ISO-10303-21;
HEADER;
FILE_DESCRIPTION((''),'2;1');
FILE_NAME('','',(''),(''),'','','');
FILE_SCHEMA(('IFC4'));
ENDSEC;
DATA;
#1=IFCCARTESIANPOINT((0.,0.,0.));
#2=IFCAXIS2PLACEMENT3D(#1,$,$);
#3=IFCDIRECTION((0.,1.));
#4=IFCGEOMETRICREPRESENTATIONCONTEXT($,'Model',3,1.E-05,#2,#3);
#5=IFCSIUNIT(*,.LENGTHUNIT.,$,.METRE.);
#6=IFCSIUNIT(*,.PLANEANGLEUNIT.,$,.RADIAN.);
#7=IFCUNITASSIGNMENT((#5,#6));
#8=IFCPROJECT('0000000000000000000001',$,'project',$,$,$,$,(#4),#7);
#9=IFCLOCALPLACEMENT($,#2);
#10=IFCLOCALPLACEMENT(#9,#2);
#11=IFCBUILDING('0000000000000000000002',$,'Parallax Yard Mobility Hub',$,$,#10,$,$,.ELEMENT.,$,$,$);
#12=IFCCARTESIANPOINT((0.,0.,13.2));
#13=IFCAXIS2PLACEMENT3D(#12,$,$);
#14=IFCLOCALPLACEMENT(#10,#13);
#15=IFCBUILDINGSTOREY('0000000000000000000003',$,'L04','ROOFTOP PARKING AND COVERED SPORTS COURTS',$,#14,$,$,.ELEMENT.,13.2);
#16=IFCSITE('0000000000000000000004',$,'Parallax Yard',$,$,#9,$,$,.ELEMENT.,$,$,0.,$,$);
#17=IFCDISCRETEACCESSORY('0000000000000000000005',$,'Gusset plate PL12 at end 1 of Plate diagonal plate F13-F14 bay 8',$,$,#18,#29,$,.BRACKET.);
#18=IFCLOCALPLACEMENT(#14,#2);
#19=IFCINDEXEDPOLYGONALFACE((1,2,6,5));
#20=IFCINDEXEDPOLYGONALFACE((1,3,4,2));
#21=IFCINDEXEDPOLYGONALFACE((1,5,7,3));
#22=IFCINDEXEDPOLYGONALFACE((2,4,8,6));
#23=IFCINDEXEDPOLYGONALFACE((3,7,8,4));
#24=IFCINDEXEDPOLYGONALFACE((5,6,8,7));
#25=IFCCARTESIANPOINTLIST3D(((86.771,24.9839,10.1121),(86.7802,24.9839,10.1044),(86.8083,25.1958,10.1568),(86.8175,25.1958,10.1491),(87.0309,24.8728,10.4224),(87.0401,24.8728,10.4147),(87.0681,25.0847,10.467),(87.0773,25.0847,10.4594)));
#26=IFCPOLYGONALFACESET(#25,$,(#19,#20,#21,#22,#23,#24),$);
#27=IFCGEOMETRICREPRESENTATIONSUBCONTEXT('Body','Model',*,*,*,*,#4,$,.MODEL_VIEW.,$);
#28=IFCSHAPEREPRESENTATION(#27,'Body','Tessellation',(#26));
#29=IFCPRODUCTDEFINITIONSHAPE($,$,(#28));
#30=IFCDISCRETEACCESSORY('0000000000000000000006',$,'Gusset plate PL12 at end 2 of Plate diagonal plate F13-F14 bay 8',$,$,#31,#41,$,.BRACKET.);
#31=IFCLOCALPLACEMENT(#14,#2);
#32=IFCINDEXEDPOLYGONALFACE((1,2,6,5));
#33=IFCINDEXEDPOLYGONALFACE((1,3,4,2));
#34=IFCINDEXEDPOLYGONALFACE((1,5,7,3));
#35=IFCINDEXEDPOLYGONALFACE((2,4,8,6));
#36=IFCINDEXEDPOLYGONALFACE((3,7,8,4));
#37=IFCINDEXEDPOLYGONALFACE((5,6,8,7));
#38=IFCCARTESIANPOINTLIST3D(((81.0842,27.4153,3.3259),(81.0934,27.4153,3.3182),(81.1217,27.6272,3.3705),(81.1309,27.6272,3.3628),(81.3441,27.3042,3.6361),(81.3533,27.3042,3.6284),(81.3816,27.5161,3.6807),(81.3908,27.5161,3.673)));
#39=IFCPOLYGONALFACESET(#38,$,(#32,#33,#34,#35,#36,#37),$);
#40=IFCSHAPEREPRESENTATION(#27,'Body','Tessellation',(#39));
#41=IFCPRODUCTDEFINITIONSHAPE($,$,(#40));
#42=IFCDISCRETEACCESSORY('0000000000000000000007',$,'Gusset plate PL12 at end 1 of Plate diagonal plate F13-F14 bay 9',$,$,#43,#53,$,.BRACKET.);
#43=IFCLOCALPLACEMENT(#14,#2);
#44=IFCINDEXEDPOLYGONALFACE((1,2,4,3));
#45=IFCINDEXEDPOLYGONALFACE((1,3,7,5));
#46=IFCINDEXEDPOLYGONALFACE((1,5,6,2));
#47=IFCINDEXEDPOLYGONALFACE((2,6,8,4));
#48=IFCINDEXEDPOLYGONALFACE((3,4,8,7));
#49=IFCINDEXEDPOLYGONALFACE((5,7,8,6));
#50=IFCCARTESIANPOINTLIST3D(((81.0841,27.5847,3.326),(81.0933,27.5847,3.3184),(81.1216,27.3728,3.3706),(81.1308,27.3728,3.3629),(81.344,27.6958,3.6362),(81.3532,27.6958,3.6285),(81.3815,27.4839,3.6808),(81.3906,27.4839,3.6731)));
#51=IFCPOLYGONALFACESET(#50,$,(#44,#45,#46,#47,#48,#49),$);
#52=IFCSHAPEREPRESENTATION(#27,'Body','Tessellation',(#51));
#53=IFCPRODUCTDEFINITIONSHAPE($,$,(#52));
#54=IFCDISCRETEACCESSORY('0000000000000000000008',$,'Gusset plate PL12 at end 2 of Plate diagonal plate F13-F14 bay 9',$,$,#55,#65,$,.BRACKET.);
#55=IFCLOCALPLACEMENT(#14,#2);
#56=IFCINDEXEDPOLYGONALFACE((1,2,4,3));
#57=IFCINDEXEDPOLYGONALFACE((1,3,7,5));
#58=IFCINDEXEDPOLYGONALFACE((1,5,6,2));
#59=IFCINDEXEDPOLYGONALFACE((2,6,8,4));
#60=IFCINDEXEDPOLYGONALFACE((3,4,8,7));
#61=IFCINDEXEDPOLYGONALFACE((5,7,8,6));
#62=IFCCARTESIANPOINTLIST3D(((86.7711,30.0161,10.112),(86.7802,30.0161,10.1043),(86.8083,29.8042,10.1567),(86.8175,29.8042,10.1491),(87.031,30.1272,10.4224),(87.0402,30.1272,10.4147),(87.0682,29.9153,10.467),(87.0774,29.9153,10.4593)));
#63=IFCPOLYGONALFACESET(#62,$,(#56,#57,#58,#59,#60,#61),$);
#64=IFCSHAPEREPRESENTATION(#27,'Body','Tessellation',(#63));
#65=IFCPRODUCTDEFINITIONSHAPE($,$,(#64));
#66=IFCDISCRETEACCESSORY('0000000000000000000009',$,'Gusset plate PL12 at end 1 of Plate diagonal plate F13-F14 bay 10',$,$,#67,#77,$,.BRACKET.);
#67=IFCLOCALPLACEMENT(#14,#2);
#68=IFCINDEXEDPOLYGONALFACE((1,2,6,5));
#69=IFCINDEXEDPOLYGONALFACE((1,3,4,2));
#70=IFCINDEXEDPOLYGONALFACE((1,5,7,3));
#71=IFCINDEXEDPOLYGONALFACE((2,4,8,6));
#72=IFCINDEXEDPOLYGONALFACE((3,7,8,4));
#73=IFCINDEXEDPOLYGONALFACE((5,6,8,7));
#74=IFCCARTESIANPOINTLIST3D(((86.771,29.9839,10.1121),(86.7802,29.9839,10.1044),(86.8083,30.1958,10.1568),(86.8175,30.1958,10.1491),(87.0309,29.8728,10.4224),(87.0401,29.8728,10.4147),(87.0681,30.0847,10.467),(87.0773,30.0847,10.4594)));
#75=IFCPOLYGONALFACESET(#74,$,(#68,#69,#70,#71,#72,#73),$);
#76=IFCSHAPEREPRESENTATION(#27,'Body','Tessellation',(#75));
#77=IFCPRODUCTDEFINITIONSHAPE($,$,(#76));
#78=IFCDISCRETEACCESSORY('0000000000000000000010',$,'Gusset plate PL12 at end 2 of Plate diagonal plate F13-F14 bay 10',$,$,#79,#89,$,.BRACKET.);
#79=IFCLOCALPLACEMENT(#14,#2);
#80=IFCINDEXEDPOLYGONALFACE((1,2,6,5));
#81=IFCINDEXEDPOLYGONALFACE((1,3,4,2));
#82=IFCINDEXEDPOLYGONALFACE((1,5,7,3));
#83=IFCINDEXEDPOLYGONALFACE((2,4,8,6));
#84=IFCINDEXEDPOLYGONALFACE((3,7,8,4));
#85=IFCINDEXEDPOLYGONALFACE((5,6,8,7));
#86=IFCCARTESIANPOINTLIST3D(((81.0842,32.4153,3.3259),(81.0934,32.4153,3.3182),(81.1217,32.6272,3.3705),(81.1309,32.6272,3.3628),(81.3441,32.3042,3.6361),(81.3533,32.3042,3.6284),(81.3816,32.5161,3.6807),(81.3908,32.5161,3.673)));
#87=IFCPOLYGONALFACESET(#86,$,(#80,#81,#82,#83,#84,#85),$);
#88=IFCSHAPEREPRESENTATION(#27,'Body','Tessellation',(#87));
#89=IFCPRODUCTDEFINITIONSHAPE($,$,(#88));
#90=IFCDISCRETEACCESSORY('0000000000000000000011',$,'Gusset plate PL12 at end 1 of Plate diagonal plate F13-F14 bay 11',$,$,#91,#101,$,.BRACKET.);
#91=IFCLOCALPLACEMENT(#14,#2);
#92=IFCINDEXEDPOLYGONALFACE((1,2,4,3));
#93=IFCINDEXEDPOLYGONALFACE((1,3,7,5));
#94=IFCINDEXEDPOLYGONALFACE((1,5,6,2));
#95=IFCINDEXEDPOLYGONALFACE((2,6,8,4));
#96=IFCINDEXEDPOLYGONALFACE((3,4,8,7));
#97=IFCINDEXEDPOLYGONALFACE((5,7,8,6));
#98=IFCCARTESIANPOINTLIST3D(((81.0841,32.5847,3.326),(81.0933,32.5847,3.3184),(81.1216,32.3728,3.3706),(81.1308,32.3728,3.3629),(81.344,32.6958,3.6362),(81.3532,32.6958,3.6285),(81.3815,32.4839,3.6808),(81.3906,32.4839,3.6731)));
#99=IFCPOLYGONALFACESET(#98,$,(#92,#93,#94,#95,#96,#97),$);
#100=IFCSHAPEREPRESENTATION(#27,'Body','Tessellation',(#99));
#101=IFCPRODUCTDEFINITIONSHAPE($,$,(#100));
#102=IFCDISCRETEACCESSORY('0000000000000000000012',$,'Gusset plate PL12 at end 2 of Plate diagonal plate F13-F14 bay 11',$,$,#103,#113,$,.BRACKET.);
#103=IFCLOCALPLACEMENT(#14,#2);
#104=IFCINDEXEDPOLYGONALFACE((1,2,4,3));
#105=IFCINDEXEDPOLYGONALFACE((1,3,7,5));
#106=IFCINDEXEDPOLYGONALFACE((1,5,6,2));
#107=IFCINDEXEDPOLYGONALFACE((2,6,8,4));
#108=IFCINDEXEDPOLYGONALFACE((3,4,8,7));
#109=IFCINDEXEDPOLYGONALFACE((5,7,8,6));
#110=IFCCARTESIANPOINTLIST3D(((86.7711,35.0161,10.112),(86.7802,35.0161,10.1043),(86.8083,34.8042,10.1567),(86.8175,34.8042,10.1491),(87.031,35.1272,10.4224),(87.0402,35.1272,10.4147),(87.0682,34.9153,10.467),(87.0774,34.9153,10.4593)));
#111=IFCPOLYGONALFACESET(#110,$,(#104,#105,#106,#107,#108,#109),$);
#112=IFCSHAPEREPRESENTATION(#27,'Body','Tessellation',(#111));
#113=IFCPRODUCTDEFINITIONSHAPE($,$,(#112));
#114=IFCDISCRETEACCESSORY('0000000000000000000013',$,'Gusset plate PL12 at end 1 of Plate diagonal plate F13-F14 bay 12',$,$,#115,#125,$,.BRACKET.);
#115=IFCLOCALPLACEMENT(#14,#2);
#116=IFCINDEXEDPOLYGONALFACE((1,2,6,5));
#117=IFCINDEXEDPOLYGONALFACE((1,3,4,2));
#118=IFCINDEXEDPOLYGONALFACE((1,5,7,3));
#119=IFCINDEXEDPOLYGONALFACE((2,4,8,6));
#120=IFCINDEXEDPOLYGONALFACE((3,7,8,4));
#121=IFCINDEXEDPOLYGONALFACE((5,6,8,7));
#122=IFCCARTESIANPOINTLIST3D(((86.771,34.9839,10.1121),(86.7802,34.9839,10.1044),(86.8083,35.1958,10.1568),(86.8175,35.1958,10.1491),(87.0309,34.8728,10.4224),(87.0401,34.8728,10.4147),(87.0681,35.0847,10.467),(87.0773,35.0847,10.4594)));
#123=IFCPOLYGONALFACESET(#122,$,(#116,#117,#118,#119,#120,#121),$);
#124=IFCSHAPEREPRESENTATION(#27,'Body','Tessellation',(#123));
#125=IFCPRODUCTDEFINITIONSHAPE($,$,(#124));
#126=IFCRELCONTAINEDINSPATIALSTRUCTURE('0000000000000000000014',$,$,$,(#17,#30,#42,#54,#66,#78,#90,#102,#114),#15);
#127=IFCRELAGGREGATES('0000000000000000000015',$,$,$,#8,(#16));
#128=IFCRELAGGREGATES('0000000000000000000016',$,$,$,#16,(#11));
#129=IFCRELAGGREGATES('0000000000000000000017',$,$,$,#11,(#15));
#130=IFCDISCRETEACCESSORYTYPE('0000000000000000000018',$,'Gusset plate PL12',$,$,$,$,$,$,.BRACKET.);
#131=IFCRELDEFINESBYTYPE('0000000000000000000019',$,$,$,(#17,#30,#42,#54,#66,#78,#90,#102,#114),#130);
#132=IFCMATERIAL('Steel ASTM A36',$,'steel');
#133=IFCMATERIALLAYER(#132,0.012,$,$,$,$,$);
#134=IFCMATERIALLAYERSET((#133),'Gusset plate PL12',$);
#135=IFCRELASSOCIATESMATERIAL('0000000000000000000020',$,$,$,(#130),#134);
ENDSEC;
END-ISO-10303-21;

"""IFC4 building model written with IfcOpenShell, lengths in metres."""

from ifc_helpers import new_model, si_unit, direction, frame, origin, place, context, subcontext, project, spatial, polyline, outline, extrude, material, layer, layer_set, type_object, element, save


model = new_model("IFC4")

# Units and contexts
model_context = context("Model", 3, precision=1e-05, world=origin(), true_north=direction((0.0, 1.0)))
body_context = subcontext(model_context, "Body", "Model", "MODEL_VIEW")
ifc_project = project(units=[si_unit("LENGTHUNIT", "METRE"), si_unit("PLANEANGLEUNIT", "RADIAN")], contexts=[model_context])

# Site, building, storey
site_placement = place(None, origin())
site = spatial("IfcSite", under=ifc_project, at=site_placement, Name="Parallax Yard", CompositionType="ELEMENT", RefElevation=0.0)
building_placement = place(site_placement, origin())
building = spatial("IfcBuilding", under=site, at=building_placement, Name="Parallax Yard Mobility Hub", CompositionType="ELEMENT")
storey_placement = place(building_placement, frame((0.0, 0.0, 13.2)))
storey = spatial("IfcBuildingStorey", under=building, at=storey_placement, Name="L04", Description="ROOFTOP PARKING AND COVERED SPORTS COURTS", CompositionType="ELEMENT", Elevation=13.2)

# Discrete accessories
ifc_material_1 = material(Name="Steel ASTM A36", Category="steel")
ifc_layer = layer(ifc_material_1, 0.012)
ifc_layer_set = layer_set([ifc_layer], Name="Gusset plate PL12")
discrete_accessory_type = type_object("IfcDiscreteAccessoryType", Name="Gusset plate PL12", PredefinedType="BRACKET", material=ifc_layer_set)
discrete_accessory_1_placement = place(storey_placement, frame((86.771, 24.9839, 10.1121), z_axis=(-0.766748, -0.000631, 0.641948), x_axis=(0.619194, -0.264611, 0.73931)))
element("IfcDiscreteAccessory", 1, at=discrete_accessory_1_placement, inside=storey, type_object=discrete_accessory_type, Name="Gusset plate PL12 at end 1 of Plate diagonal plate F13-F14 bay 8", PredefinedType="BRACKET", context=body_context, shape_type="SweptSolid", body=[
    extrude(outline(polyline([(0.0, 0.0), (0.4198, 0.0), (0.4197, 0.2197), (0.0001, 0.2198), (0.0, 0.0)])), origin(), (0.0, 0.0, -1.0), 0.012),
])
discrete_accessory_2_placement = place(storey_placement, frame((81.3816, 27.5161, 3.6807), z_axis=(-0.766427, 0.000485, 0.642331), x_axis=(-0.619317, 0.264725, -0.739166)))
element("IfcDiscreteAccessory", 2, at=discrete_accessory_2_placement, inside=storey, type_object=discrete_accessory_type, Name="Gusset plate PL12 at end 2 of Plate diagonal plate F13-F14 bay 8", PredefinedType="BRACKET", context=body_context, shape_type="SweptSolid", body=[
    extrude(outline(polyline([(0.0, 0.0), (0.4196, 0.0), (0.4197, 0.2198), (0.0, 0.2198), (0.0, 0.0)])), origin(), (0.0, 0.0, -1.0), 0.012),
])
discrete_accessory_3_placement = place(storey_placement, frame((81.344, 27.6958, 3.6362), z_axis=(-0.766427, -0.000485, 0.642331), x_axis=(-0.61932, -0.264707, -0.73917)))
element("IfcDiscreteAccessory", 3, at=discrete_accessory_3_placement, inside=storey, type_object=discrete_accessory_type, Name="Gusset plate PL12 at end 1 of Plate diagonal plate F13-F14 bay 9", PredefinedType="BRACKET", context=body_context, shape_type="SweptSolid", body=[
    extrude(outline(polyline([(0.0, 0.0), (0.4196, 0.0), (0.4196, 0.2198), (0.0, 0.2198), (0.0, 0.0)])), origin(), (0.0, 0.0, -1.0), 0.012),
])
discrete_accessory_4_placement = place(storey_placement, frame((86.8083, 29.8042, 10.1567), z_axis=(-0.766748, 0.000631, 0.641948), x_axis=(0.619177, 0.264707, 0.73929)))
element("IfcDiscreteAccessory", 4, at=discrete_accessory_4_placement, inside=storey, type_object=discrete_accessory_type, Name="Gusset plate PL12 at end 2 of Plate diagonal plate F13-F14 bay 9", PredefinedType="BRACKET", context=body_context, shape_type="SweptSolid", body=[
    extrude(outline(polyline([(0.0, 0.0), (0.4196, 0.0), (0.4197, 0.2197), (-0.0001, 0.2198), (0.0, 0.0)])), origin(), (0.0, 0.0, -1.0), 0.012),
])
discrete_accessory_5_placement = place(storey_placement, frame((86.771, 29.9839, 10.1121), z_axis=(-0.766748, -0.000631, 0.641948), x_axis=(0.619194, -0.264611, 0.73931)))
element("IfcDiscreteAccessory", 5, at=discrete_accessory_5_placement, inside=storey, type_object=discrete_accessory_type, Name="Gusset plate PL12 at end 1 of Plate diagonal plate F13-F14 bay 10", PredefinedType="BRACKET", context=body_context, shape_type="SweptSolid", body=[
    extrude(outline(polyline([(0.0, 0.0), (0.4198, 0.0), (0.4197, 0.2197), (0.0001, 0.2198), (0.0, 0.0)])), origin(), (0.0, 0.0, -1.0), 0.012),
])
discrete_accessory_6_placement = place(storey_placement, frame((81.3816, 32.5161, 3.6807), z_axis=(-0.766427, 0.000485, 0.642331), x_axis=(-0.619317, 0.264725, -0.739166)))
element("IfcDiscreteAccessory", 6, at=discrete_accessory_6_placement, inside=storey, type_object=discrete_accessory_type, Name="Gusset plate PL12 at end 2 of Plate diagonal plate F13-F14 bay 10", PredefinedType="BRACKET", context=body_context, shape_type="SweptSolid", body=[
    extrude(outline(polyline([(0.0, 0.0), (0.4196, 0.0), (0.4197, 0.2198), (0.0, 0.2198), (0.0, 0.0)])), origin(), (0.0, 0.0, -1.0), 0.012),
])
discrete_accessory_7_placement = place(storey_placement, frame((81.344, 32.6958, 3.6362), z_axis=(-0.766427, -0.000485, 0.642331), x_axis=(-0.61932, -0.264707, -0.73917)))
element("IfcDiscreteAccessory", 7, at=discrete_accessory_7_placement, inside=storey, type_object=discrete_accessory_type, Name="Gusset plate PL12 at end 1 of Plate diagonal plate F13-F14 bay 11", PredefinedType="BRACKET", context=body_context, shape_type="SweptSolid", body=[
    extrude(outline(polyline([(0.0, 0.0), (0.4196, 0.0), (0.4196, 0.2198), (0.0, 0.2198), (0.0, 0.0)])), origin(), (0.0, 0.0, -1.0), 0.012),
])
discrete_accessory_8_placement = place(storey_placement, frame((86.8083, 34.8042, 10.1567), z_axis=(-0.766748, 0.000631, 0.641948), x_axis=(0.619177, 0.264707, 0.73929)))
element("IfcDiscreteAccessory", 8, at=discrete_accessory_8_placement, inside=storey, type_object=discrete_accessory_type, Name="Gusset plate PL12 at end 2 of Plate diagonal plate F13-F14 bay 11", PredefinedType="BRACKET", context=body_context, shape_type="SweptSolid", body=[
    extrude(outline(polyline([(0.0, 0.0), (0.4196, 0.0), (0.4197, 0.2197), (-0.0001, 0.2198), (0.0, 0.0)])), origin(), (0.0, 0.0, -1.0), 0.012),
])
discrete_accessory_9_placement = place(storey_placement, frame((86.771, 34.9839, 10.1121), z_axis=(-0.766748, -0.000631, 0.641948), x_axis=(0.619194, -0.264611, 0.73931)))
element("IfcDiscreteAccessory", 9, at=discrete_accessory_9_placement, inside=storey, type_object=discrete_accessory_type, Name="Gusset plate PL12 at end 1 of Plate diagonal plate F13-F14 bay 12", PredefinedType="BRACKET", context=body_context, shape_type="SweptSolid", body=[
    extrude(outline(polyline([(0.0, 0.0), (0.4198, 0.0), (0.4197, 0.2197), (0.0001, 0.2198), (0.0, 0.0)])), origin(), (0.0, 0.0, -1.0), 0.012),
])

save(model, "model.ifc")
